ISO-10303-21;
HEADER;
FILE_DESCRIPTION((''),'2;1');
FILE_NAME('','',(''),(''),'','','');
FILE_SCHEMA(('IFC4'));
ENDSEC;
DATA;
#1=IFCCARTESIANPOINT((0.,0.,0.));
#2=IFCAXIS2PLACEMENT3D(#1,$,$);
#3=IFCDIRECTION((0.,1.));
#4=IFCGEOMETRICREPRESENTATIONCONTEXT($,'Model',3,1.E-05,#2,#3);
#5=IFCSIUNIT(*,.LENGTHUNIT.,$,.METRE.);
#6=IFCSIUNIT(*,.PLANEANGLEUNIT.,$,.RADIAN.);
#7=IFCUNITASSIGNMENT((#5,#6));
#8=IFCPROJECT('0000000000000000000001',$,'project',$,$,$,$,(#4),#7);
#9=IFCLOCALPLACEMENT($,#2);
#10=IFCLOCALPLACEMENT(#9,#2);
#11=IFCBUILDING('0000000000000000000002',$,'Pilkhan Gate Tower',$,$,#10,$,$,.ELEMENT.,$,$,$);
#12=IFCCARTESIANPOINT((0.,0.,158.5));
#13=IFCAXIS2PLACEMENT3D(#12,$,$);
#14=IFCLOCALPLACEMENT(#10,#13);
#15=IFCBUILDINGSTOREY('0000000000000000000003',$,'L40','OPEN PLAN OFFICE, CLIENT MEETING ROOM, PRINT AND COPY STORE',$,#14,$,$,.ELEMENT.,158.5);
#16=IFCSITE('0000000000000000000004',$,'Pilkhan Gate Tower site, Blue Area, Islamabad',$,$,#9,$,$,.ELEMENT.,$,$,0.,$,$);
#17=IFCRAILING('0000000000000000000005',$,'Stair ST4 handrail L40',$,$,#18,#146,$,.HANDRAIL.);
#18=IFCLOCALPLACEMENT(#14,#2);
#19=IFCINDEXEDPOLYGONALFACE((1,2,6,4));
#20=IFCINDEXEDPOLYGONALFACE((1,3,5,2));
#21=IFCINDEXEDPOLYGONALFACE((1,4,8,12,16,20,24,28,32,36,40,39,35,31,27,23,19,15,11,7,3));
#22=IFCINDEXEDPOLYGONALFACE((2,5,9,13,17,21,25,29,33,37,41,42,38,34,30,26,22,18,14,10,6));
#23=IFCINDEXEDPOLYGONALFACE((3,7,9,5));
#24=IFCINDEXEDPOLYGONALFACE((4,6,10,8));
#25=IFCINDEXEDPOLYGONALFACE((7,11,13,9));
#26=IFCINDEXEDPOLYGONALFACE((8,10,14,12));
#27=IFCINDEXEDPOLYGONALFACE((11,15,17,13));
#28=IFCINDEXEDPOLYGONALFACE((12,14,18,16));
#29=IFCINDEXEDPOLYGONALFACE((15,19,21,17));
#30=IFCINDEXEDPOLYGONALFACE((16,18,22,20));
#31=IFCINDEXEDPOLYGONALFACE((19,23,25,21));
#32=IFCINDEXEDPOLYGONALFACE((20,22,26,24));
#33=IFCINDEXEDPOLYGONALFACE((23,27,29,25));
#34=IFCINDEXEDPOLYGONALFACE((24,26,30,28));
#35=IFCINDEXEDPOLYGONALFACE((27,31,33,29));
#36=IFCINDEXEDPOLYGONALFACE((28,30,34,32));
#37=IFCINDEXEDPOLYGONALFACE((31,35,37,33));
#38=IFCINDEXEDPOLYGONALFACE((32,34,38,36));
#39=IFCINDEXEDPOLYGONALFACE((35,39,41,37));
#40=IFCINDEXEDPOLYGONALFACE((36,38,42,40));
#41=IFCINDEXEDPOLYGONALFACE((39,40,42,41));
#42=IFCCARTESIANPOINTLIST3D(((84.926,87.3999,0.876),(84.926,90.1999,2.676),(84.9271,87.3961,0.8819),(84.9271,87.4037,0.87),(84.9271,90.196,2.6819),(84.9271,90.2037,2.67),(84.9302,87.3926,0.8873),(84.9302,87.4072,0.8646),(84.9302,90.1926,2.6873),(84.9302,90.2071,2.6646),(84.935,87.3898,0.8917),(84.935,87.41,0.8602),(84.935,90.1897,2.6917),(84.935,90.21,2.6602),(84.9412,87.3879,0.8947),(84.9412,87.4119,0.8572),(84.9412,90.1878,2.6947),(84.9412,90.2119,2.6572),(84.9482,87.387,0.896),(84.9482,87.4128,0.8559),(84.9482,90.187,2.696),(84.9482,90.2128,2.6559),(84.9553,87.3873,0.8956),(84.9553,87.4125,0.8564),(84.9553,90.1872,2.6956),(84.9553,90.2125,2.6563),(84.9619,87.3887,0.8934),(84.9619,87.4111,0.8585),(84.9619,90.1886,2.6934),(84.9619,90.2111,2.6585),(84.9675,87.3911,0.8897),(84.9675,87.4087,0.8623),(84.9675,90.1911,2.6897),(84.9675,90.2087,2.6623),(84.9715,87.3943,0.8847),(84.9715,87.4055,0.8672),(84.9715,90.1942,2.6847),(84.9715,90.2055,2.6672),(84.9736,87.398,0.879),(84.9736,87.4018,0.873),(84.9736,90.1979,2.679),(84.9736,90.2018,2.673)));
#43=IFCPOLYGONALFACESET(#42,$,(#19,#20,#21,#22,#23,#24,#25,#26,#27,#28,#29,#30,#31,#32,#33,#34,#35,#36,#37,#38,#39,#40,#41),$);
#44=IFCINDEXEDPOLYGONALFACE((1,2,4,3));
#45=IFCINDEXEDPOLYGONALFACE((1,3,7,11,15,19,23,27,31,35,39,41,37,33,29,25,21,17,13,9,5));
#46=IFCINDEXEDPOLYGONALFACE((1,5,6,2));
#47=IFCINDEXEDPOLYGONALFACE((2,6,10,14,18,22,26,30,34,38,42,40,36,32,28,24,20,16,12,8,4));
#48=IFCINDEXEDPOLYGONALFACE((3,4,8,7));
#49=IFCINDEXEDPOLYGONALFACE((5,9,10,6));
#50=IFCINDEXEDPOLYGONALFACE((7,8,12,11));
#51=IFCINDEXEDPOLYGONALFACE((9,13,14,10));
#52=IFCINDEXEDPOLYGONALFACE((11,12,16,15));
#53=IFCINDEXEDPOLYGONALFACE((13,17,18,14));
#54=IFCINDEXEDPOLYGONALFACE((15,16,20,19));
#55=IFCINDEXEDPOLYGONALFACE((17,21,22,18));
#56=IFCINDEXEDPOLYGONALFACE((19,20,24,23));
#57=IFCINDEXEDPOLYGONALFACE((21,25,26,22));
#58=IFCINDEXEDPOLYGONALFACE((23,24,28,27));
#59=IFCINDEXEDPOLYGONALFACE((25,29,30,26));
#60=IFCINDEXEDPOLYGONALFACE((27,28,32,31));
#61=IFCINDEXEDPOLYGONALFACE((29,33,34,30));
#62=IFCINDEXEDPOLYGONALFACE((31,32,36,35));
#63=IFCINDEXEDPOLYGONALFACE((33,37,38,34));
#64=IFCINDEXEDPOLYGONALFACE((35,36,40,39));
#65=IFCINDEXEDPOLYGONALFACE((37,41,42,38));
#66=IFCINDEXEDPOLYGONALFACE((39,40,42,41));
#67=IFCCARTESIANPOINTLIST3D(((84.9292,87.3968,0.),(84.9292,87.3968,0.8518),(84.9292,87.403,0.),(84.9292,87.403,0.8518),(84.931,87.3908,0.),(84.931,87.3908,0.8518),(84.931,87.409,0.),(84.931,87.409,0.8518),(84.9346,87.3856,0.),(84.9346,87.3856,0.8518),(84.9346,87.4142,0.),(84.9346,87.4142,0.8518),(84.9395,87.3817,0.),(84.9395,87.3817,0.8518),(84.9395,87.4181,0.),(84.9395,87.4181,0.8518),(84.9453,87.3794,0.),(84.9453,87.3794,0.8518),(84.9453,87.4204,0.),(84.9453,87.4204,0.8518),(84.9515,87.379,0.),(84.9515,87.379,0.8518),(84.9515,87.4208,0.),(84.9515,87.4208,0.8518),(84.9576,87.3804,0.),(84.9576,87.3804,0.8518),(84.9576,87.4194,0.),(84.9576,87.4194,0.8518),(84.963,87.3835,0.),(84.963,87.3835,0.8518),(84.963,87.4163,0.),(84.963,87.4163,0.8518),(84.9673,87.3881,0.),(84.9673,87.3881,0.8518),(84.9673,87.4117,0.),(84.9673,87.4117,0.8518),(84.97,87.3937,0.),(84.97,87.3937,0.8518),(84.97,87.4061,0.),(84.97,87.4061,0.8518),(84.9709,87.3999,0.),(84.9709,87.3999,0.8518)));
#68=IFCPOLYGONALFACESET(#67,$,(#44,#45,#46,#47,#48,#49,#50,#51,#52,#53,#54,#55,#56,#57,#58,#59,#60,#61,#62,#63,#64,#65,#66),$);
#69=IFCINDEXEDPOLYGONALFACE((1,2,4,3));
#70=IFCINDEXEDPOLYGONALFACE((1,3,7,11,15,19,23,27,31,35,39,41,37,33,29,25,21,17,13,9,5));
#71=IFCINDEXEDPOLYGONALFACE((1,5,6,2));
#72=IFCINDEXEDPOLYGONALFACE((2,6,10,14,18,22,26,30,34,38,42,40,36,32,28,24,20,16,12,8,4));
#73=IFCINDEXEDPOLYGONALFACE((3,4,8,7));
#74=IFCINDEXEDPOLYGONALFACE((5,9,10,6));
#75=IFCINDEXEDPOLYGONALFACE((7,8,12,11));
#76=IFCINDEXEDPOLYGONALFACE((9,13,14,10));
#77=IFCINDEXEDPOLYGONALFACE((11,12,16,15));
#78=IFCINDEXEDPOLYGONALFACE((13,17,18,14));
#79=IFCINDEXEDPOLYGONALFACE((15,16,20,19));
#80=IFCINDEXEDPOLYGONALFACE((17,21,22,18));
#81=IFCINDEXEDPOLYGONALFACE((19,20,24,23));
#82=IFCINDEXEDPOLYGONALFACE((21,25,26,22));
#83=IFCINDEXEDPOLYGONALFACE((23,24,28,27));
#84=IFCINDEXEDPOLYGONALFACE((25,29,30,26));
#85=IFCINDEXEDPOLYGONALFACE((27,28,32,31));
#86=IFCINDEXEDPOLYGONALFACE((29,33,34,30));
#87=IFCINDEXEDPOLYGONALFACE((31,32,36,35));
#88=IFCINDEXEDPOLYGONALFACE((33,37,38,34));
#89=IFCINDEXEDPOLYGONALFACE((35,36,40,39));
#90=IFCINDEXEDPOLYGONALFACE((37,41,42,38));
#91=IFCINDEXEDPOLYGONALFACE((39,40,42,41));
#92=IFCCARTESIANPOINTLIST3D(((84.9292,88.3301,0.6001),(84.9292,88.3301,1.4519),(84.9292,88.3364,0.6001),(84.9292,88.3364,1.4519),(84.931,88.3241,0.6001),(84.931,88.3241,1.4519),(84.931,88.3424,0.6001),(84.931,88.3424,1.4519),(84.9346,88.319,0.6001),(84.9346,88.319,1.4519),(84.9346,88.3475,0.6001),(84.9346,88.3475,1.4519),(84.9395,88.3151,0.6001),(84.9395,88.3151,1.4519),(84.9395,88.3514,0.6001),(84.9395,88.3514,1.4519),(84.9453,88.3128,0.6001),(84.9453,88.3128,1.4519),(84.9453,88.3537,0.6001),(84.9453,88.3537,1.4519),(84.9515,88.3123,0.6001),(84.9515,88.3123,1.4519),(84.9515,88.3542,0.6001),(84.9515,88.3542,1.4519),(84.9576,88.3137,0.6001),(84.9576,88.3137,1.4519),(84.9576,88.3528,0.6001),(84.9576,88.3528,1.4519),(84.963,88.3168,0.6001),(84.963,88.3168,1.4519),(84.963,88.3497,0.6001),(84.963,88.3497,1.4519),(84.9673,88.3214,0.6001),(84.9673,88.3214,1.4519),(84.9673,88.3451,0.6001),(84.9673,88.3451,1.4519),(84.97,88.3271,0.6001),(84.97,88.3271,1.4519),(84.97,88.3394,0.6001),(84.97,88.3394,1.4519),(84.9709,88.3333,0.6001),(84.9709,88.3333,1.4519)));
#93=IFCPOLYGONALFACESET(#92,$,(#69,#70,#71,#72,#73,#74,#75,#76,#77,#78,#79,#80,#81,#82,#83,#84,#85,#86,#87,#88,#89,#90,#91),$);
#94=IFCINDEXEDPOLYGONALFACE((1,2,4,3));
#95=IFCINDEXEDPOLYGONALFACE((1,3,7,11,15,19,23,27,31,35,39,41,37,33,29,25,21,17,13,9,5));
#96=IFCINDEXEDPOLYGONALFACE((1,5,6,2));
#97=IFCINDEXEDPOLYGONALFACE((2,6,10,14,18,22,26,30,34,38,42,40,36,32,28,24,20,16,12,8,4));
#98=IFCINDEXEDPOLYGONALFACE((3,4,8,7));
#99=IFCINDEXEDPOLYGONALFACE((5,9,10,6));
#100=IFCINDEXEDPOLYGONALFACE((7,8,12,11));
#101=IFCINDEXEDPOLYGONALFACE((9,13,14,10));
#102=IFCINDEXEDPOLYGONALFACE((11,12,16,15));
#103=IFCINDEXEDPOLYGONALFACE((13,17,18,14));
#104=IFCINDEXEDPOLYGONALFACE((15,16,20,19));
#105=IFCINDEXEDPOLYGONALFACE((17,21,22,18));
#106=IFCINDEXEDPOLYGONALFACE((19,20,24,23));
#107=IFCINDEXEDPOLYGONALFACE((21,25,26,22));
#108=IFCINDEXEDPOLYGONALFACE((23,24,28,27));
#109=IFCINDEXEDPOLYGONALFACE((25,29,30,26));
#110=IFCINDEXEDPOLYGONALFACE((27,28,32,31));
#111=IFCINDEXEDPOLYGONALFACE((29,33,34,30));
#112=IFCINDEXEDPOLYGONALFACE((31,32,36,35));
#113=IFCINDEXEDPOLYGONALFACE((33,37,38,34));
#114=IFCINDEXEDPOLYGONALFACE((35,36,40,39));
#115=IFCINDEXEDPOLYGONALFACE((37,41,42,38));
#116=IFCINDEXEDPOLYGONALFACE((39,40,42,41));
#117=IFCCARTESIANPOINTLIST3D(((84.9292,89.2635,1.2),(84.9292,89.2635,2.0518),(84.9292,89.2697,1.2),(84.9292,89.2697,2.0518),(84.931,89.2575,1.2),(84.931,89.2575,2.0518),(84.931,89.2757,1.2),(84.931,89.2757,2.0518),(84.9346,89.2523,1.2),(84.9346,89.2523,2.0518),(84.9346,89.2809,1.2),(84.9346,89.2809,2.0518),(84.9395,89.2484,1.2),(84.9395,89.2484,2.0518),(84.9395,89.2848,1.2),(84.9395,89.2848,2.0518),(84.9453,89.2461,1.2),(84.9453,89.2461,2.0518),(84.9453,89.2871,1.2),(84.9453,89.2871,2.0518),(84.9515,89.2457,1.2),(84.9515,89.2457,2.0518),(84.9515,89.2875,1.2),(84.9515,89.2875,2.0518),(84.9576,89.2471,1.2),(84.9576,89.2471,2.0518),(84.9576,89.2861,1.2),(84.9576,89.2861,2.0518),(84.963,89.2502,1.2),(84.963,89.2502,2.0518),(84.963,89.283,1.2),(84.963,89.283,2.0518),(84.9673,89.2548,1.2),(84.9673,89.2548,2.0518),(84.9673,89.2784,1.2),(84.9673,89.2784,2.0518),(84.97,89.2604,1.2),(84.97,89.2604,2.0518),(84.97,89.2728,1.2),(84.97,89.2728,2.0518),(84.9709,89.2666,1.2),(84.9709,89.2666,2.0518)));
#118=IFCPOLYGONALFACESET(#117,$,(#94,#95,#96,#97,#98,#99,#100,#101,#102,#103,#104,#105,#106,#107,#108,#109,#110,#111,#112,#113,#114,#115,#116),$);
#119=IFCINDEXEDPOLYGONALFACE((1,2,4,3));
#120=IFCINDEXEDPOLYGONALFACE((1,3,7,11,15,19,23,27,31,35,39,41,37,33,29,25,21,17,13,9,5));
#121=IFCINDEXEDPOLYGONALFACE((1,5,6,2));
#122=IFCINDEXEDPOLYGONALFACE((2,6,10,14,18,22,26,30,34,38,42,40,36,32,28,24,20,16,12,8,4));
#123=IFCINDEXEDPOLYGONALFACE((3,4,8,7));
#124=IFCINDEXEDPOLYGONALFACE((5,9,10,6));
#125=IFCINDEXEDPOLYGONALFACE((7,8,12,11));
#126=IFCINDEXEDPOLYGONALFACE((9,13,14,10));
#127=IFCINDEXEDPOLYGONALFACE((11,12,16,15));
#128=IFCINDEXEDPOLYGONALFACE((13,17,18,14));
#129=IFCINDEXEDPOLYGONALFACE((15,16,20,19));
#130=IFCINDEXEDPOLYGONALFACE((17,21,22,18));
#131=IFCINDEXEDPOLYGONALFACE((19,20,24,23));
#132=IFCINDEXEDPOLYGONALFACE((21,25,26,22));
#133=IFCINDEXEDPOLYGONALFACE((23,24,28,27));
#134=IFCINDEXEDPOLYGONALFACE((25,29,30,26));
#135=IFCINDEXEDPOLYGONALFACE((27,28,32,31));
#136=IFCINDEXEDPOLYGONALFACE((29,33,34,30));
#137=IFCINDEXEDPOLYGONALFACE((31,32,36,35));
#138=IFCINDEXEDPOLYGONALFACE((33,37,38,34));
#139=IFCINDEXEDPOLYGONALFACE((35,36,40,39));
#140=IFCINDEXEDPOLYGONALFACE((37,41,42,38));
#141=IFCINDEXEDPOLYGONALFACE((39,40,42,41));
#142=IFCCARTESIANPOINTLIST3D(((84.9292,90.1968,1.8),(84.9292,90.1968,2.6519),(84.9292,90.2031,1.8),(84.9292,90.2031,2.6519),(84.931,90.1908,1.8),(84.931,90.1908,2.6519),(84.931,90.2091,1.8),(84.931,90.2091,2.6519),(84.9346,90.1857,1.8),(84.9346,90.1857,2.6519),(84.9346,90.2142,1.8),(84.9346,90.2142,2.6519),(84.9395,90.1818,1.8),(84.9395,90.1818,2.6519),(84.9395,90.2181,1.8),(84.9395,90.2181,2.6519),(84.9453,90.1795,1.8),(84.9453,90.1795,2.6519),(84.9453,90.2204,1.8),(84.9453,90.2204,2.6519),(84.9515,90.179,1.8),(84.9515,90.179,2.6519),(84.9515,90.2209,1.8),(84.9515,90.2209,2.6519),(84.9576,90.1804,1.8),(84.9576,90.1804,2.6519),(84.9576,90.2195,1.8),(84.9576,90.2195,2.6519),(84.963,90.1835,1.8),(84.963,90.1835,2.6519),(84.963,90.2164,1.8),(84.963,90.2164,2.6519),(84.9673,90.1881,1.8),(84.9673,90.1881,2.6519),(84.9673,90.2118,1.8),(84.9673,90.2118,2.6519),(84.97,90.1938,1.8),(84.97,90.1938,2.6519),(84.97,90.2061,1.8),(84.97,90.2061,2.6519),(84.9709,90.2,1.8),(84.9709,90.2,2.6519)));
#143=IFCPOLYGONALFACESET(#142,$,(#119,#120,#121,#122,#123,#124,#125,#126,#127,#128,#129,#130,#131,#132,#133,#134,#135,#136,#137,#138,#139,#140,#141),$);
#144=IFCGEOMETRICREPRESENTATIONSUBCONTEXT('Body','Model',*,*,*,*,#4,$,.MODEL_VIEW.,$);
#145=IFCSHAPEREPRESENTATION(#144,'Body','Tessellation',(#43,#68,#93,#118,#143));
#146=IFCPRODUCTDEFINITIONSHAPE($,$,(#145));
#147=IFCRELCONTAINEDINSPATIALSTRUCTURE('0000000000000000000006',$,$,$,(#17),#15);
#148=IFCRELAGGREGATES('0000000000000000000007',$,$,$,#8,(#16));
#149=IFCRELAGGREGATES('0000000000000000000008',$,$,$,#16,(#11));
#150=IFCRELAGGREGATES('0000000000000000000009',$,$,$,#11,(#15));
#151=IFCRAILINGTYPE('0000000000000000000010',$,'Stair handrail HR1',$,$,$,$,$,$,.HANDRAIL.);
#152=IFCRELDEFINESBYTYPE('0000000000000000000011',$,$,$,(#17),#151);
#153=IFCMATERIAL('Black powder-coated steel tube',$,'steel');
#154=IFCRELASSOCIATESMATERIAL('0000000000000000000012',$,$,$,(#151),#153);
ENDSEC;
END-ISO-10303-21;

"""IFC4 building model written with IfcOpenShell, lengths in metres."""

from ifc_helpers import new_model, si_unit, direction, frame, origin, origin_2d, place, context, subcontext, project, spatial, circle, extrude, material, type_object, element, save


model = new_model("IFC4")

# Units and contexts
model_context = context("Model", 3, precision=1e-05, world=origin(), true_north=direction((0.0, 1.0)))
body_context = subcontext(model_context, "Body", "Model", "MODEL_VIEW")
ifc_project = project(units=[si_unit("LENGTHUNIT", "METRE"), si_unit("PLANEANGLEUNIT", "RADIAN")], contexts=[model_context])

# Site, building, storey
site_placement = place(None, origin())
site = spatial("IfcSite", under=ifc_project, at=site_placement, Name="Pilkhan Gate Tower site, Blue Area, Islamabad", CompositionType="ELEMENT", RefElevation=0.0)
building_placement = place(site_placement, origin())
building = spatial("IfcBuilding", under=site, at=building_placement, Name="Pilkhan Gate Tower", CompositionType="ELEMENT")
storey_placement = place(building_placement, frame((0.0, 0.0, 158.5)))
storey = spatial("IfcBuildingStorey", under=building, at=storey_placement, Name="L40", Description="OPEN PLAN OFFICE, CLIENT MEETING ROOM, PRINT AND COPY STORE", CompositionType="ELEMENT", Elevation=158.5)

# Railing
ifc_material_1 = material(Name="Black powder-coated steel tube", Category="steel")
railing_type_1 = type_object("IfcRailingType", Name="Stair handrail HR1", PredefinedType="HANDRAIL", material=ifc_material_1)
railing_1_placement = place(storey_placement, frame((84.95, 87.3999, 0.0)))
element("IfcRailing", 1, at=railing_1_placement, inside=storey, type_object=railing_type_1, Name="Stair ST4 handrail L40", PredefinedType="HANDRAIL", context=body_context, shape_type="SweptSolid", body=[
    extrude(circle(Radius=0.0239, at=origin_2d()), frame((0.0, 0.0, 0.876), z_axis=(0.0, 0.841176, 0.540761), x_axis=(-1.0, 0.0, 0.0)), (0.0, 0.0, 1.0), 3.3286),
    extrude(circle(Radius=0.021, at=origin_2d()), origin(), (0.0, 0.0, 1.0), 0.8518),
    extrude(circle(Radius=0.021, at=origin_2d()), frame((0.0, 0.9333, 0.6001)), (0.0, 0.0, 1.0), 0.8518),
    extrude(circle(Radius=0.021, at=origin_2d()), frame((0.0, 1.8667, 1.2)), (0.0, 0.0, 1.0), 0.8518),
    extrude(circle(Radius=0.021, at=origin_2d()), frame((0.0, 2.8, 1.8)), (0.0, 0.0, 1.0), 0.8518),
])

save(model, "model.ifc")
